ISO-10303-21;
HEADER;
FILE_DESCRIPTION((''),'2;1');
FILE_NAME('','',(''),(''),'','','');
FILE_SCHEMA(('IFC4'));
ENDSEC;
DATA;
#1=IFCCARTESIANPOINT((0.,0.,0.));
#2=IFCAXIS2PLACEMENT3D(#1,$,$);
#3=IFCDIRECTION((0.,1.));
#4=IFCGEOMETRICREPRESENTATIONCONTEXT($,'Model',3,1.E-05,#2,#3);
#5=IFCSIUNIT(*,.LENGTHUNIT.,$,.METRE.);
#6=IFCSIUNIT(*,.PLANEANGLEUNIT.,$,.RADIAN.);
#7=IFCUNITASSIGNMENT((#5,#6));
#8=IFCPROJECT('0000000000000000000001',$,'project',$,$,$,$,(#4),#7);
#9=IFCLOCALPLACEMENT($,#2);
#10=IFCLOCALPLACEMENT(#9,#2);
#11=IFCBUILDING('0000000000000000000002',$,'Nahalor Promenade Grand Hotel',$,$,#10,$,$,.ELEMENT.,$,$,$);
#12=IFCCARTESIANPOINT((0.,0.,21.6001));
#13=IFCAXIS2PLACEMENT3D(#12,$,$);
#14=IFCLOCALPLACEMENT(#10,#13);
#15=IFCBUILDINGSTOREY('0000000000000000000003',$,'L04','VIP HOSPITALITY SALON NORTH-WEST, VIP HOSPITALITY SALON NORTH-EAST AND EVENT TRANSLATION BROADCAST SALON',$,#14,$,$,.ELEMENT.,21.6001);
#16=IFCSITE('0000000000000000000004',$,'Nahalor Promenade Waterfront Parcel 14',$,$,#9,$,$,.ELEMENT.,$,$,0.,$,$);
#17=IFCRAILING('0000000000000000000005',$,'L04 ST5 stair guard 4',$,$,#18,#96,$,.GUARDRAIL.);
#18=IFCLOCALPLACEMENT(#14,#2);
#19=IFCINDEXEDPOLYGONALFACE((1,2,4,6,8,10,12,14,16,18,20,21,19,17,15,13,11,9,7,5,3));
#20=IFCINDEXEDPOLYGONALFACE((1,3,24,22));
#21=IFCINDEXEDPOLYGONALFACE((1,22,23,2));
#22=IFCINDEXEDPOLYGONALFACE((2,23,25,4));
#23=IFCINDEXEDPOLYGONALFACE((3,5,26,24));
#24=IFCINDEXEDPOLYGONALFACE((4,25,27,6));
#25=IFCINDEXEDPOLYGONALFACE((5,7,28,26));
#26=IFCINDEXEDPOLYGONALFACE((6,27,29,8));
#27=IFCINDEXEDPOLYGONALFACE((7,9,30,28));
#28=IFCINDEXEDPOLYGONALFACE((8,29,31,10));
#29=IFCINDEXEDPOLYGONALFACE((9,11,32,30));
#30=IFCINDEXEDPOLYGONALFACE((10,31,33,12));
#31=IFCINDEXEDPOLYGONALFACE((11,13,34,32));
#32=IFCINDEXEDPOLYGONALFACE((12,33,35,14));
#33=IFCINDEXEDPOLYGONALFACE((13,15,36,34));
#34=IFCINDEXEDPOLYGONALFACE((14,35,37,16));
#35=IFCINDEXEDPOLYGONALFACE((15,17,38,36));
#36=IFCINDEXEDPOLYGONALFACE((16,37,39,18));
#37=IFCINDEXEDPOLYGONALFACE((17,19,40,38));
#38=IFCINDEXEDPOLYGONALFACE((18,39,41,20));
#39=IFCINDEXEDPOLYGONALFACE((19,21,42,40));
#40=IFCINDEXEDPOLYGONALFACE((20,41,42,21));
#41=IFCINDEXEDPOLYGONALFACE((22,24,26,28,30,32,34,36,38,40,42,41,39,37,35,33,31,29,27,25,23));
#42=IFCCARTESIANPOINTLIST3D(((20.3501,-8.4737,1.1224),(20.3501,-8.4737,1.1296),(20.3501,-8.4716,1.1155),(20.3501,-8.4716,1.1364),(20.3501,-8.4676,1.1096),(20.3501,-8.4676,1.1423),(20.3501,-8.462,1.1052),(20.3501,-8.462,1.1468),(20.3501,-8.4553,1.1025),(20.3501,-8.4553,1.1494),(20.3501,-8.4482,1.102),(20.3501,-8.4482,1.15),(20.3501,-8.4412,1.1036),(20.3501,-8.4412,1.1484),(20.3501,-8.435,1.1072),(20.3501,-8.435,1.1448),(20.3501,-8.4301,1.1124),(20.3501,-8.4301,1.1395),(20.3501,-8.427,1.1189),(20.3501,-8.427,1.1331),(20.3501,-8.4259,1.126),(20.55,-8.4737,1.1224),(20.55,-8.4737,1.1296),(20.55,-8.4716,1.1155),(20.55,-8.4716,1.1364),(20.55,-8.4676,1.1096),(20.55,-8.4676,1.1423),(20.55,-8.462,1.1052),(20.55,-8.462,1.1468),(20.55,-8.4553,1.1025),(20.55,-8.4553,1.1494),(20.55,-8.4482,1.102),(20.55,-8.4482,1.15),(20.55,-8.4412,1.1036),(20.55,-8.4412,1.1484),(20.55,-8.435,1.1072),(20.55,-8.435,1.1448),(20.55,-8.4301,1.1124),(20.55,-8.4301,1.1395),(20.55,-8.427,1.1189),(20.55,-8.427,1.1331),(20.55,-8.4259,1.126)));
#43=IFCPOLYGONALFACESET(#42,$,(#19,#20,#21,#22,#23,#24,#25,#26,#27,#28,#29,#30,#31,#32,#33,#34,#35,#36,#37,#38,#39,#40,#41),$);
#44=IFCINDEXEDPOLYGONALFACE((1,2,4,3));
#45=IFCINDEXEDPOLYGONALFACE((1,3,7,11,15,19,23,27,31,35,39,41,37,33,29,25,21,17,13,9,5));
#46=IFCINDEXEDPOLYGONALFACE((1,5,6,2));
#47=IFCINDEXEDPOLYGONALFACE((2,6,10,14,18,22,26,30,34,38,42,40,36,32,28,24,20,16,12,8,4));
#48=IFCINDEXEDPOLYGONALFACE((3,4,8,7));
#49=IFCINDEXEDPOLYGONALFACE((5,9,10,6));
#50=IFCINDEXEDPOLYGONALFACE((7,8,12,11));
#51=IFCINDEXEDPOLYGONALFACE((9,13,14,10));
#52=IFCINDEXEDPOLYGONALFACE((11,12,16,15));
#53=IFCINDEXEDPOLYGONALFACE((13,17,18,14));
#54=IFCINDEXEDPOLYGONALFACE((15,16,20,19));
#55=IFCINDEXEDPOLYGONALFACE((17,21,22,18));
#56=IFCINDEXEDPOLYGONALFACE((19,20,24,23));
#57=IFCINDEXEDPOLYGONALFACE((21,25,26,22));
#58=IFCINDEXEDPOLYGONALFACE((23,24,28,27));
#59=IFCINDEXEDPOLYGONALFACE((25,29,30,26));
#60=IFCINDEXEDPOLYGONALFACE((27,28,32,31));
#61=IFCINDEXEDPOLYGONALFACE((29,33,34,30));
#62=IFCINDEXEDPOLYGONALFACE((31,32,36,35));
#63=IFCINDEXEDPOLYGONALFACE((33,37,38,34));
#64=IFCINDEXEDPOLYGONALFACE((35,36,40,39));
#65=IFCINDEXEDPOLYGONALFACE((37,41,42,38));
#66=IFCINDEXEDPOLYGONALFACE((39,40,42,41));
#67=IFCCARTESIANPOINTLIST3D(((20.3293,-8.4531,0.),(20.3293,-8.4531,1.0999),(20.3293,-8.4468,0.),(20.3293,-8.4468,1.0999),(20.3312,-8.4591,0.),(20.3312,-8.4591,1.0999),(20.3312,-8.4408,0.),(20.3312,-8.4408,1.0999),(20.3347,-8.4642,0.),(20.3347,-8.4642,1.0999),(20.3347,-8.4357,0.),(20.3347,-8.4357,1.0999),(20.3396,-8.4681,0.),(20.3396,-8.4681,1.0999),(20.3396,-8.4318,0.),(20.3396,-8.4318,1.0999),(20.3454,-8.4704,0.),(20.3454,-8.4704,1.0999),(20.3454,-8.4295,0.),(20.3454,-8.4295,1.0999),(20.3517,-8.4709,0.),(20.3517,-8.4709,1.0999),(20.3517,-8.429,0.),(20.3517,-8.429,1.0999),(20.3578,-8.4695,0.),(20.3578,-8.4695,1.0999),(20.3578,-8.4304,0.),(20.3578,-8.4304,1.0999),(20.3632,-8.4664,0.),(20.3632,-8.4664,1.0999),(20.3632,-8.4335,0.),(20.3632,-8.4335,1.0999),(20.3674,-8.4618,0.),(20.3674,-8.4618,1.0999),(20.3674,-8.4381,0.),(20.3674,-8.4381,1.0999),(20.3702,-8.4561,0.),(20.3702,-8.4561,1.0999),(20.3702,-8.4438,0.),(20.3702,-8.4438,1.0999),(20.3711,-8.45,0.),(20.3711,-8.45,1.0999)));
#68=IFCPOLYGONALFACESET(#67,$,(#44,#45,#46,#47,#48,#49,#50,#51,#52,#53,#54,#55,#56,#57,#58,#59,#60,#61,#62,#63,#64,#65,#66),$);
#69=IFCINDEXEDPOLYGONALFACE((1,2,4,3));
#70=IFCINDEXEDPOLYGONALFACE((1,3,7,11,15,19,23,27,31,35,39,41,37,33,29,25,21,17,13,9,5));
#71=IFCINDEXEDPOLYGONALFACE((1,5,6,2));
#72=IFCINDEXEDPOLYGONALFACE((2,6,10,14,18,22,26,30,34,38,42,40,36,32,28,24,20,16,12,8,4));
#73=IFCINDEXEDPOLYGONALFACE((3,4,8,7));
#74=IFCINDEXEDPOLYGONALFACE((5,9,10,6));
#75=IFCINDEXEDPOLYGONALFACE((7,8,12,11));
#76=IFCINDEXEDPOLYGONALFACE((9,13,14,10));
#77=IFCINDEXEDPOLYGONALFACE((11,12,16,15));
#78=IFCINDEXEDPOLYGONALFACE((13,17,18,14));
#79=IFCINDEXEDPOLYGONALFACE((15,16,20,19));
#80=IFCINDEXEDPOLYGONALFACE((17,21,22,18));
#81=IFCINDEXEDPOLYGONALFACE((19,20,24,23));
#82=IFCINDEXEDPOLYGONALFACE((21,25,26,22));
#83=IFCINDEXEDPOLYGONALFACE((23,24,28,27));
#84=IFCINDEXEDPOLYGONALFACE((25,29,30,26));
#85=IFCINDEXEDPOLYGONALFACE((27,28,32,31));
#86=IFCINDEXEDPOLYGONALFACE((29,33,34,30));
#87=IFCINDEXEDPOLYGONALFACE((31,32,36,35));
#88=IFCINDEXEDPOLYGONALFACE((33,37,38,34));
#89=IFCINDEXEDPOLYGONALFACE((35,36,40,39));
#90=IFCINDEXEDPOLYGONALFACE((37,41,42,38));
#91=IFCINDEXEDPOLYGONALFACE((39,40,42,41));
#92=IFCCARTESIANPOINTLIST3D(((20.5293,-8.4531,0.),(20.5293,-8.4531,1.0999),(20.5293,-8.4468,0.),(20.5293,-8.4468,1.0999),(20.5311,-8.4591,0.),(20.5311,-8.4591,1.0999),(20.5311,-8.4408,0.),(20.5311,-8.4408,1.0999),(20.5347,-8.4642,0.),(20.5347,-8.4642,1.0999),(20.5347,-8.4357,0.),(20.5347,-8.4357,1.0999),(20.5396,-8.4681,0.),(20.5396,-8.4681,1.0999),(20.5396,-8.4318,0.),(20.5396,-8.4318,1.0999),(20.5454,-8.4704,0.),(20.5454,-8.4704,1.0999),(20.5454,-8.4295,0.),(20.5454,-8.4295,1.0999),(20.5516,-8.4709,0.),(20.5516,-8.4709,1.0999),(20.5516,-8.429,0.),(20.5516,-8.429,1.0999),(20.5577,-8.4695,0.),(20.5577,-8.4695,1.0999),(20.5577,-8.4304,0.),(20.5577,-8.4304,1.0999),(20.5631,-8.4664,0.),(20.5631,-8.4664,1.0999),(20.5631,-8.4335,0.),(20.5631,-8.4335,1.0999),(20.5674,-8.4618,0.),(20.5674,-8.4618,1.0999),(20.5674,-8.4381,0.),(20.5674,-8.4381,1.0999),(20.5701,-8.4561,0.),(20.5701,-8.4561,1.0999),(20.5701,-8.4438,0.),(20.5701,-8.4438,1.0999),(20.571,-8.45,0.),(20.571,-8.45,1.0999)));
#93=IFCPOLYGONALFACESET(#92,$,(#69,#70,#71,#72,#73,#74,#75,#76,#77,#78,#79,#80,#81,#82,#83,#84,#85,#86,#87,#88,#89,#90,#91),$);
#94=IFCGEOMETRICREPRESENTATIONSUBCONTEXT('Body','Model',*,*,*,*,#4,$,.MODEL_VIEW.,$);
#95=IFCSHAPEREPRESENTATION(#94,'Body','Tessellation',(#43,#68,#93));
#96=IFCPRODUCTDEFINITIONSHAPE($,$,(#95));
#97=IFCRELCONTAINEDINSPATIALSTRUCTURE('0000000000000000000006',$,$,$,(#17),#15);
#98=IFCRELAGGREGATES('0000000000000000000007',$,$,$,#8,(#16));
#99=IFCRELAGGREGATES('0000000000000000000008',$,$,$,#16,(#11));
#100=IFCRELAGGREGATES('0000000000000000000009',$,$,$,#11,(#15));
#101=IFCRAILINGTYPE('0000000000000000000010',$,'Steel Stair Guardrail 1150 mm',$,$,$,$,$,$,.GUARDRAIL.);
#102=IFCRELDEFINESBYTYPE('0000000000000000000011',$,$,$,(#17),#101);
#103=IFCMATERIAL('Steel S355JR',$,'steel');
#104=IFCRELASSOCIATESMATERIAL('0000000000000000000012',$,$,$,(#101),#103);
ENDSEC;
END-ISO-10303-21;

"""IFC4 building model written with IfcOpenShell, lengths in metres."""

from ifc_helpers import new_model, si_unit, direction, frame, origin, origin_2d, place, context, subcontext, project, spatial, circle, extrude, material, type_object, element, save


model = new_model("IFC4")

# Units and contexts
model_context = context("Model", 3, precision=1e-05, world=origin(), true_north=direction((0.0, 1.0)))
body_context = subcontext(model_context, "Body", "Model", "MODEL_VIEW")
ifc_project = project(units=[si_unit("LENGTHUNIT", "METRE"), si_unit("PLANEANGLEUNIT", "RADIAN")], contexts=[model_context])

# Site, building, storey
site_placement = place(None, origin())
site = spatial("IfcSite", under=ifc_project, at=site_placement, Name="Nahalor Promenade Waterfront Parcel 14", CompositionType="ELEMENT", RefElevation=0.0)
building_placement = place(site_placement, origin())
building = spatial("IfcBuilding", under=site, at=building_placement, Name="Nahalor Promenade Grand Hotel", CompositionType="ELEMENT")
storey_placement = place(building_placement, frame((0.0, 0.0, 21.6001)))
storey = spatial("IfcBuildingStorey", under=building, at=storey_placement, Name="L04", Description="VIP HOSPITALITY SALON NORTH-WEST, VIP HOSPITALITY SALON NORTH-EAST AND EVENT TRANSLATION BROADCAST SALON", CompositionType="ELEMENT", Elevation=21.6001)

# Shared definitions
ifc_material_1 = material(Name="Steel S355JR", Category="steel")

# Railing
railing_type_1 = type_object("IfcRailingType", Name="Steel Stair Guardrail 1150 mm", PredefinedType="GUARDRAIL", material=ifc_material_1)
railing_1_placement = place(storey_placement, frame((20.3501, -8.45, 0.0)))
element("IfcRailing", 1, at=railing_1_placement, inside=storey, type_object=railing_type_1, Name="L04 ST5 stair guard 4", PredefinedType="GUARDRAIL", context=body_context, shape_type="SweptSolid", body=[
    extrude(circle(Radius=0.024, at=origin_2d()), frame((0.0, 0.0, 1.126), z_axis=(1.0, 0.0, 0.0), x_axis=(0.0, 1.0, 0.0)), (0.0, 0.0, 1.0), 0.2),
    extrude(circle(Radius=0.021, at=origin_2d()), origin(), (0.0, 0.0, 1.0), 1.0999),
    extrude(circle(Radius=0.021, at=origin_2d()), frame((0.2, 0.0, 0.0)), (0.0, 0.0, 1.0), 1.0999),
])

save(model, "model.ifc")
